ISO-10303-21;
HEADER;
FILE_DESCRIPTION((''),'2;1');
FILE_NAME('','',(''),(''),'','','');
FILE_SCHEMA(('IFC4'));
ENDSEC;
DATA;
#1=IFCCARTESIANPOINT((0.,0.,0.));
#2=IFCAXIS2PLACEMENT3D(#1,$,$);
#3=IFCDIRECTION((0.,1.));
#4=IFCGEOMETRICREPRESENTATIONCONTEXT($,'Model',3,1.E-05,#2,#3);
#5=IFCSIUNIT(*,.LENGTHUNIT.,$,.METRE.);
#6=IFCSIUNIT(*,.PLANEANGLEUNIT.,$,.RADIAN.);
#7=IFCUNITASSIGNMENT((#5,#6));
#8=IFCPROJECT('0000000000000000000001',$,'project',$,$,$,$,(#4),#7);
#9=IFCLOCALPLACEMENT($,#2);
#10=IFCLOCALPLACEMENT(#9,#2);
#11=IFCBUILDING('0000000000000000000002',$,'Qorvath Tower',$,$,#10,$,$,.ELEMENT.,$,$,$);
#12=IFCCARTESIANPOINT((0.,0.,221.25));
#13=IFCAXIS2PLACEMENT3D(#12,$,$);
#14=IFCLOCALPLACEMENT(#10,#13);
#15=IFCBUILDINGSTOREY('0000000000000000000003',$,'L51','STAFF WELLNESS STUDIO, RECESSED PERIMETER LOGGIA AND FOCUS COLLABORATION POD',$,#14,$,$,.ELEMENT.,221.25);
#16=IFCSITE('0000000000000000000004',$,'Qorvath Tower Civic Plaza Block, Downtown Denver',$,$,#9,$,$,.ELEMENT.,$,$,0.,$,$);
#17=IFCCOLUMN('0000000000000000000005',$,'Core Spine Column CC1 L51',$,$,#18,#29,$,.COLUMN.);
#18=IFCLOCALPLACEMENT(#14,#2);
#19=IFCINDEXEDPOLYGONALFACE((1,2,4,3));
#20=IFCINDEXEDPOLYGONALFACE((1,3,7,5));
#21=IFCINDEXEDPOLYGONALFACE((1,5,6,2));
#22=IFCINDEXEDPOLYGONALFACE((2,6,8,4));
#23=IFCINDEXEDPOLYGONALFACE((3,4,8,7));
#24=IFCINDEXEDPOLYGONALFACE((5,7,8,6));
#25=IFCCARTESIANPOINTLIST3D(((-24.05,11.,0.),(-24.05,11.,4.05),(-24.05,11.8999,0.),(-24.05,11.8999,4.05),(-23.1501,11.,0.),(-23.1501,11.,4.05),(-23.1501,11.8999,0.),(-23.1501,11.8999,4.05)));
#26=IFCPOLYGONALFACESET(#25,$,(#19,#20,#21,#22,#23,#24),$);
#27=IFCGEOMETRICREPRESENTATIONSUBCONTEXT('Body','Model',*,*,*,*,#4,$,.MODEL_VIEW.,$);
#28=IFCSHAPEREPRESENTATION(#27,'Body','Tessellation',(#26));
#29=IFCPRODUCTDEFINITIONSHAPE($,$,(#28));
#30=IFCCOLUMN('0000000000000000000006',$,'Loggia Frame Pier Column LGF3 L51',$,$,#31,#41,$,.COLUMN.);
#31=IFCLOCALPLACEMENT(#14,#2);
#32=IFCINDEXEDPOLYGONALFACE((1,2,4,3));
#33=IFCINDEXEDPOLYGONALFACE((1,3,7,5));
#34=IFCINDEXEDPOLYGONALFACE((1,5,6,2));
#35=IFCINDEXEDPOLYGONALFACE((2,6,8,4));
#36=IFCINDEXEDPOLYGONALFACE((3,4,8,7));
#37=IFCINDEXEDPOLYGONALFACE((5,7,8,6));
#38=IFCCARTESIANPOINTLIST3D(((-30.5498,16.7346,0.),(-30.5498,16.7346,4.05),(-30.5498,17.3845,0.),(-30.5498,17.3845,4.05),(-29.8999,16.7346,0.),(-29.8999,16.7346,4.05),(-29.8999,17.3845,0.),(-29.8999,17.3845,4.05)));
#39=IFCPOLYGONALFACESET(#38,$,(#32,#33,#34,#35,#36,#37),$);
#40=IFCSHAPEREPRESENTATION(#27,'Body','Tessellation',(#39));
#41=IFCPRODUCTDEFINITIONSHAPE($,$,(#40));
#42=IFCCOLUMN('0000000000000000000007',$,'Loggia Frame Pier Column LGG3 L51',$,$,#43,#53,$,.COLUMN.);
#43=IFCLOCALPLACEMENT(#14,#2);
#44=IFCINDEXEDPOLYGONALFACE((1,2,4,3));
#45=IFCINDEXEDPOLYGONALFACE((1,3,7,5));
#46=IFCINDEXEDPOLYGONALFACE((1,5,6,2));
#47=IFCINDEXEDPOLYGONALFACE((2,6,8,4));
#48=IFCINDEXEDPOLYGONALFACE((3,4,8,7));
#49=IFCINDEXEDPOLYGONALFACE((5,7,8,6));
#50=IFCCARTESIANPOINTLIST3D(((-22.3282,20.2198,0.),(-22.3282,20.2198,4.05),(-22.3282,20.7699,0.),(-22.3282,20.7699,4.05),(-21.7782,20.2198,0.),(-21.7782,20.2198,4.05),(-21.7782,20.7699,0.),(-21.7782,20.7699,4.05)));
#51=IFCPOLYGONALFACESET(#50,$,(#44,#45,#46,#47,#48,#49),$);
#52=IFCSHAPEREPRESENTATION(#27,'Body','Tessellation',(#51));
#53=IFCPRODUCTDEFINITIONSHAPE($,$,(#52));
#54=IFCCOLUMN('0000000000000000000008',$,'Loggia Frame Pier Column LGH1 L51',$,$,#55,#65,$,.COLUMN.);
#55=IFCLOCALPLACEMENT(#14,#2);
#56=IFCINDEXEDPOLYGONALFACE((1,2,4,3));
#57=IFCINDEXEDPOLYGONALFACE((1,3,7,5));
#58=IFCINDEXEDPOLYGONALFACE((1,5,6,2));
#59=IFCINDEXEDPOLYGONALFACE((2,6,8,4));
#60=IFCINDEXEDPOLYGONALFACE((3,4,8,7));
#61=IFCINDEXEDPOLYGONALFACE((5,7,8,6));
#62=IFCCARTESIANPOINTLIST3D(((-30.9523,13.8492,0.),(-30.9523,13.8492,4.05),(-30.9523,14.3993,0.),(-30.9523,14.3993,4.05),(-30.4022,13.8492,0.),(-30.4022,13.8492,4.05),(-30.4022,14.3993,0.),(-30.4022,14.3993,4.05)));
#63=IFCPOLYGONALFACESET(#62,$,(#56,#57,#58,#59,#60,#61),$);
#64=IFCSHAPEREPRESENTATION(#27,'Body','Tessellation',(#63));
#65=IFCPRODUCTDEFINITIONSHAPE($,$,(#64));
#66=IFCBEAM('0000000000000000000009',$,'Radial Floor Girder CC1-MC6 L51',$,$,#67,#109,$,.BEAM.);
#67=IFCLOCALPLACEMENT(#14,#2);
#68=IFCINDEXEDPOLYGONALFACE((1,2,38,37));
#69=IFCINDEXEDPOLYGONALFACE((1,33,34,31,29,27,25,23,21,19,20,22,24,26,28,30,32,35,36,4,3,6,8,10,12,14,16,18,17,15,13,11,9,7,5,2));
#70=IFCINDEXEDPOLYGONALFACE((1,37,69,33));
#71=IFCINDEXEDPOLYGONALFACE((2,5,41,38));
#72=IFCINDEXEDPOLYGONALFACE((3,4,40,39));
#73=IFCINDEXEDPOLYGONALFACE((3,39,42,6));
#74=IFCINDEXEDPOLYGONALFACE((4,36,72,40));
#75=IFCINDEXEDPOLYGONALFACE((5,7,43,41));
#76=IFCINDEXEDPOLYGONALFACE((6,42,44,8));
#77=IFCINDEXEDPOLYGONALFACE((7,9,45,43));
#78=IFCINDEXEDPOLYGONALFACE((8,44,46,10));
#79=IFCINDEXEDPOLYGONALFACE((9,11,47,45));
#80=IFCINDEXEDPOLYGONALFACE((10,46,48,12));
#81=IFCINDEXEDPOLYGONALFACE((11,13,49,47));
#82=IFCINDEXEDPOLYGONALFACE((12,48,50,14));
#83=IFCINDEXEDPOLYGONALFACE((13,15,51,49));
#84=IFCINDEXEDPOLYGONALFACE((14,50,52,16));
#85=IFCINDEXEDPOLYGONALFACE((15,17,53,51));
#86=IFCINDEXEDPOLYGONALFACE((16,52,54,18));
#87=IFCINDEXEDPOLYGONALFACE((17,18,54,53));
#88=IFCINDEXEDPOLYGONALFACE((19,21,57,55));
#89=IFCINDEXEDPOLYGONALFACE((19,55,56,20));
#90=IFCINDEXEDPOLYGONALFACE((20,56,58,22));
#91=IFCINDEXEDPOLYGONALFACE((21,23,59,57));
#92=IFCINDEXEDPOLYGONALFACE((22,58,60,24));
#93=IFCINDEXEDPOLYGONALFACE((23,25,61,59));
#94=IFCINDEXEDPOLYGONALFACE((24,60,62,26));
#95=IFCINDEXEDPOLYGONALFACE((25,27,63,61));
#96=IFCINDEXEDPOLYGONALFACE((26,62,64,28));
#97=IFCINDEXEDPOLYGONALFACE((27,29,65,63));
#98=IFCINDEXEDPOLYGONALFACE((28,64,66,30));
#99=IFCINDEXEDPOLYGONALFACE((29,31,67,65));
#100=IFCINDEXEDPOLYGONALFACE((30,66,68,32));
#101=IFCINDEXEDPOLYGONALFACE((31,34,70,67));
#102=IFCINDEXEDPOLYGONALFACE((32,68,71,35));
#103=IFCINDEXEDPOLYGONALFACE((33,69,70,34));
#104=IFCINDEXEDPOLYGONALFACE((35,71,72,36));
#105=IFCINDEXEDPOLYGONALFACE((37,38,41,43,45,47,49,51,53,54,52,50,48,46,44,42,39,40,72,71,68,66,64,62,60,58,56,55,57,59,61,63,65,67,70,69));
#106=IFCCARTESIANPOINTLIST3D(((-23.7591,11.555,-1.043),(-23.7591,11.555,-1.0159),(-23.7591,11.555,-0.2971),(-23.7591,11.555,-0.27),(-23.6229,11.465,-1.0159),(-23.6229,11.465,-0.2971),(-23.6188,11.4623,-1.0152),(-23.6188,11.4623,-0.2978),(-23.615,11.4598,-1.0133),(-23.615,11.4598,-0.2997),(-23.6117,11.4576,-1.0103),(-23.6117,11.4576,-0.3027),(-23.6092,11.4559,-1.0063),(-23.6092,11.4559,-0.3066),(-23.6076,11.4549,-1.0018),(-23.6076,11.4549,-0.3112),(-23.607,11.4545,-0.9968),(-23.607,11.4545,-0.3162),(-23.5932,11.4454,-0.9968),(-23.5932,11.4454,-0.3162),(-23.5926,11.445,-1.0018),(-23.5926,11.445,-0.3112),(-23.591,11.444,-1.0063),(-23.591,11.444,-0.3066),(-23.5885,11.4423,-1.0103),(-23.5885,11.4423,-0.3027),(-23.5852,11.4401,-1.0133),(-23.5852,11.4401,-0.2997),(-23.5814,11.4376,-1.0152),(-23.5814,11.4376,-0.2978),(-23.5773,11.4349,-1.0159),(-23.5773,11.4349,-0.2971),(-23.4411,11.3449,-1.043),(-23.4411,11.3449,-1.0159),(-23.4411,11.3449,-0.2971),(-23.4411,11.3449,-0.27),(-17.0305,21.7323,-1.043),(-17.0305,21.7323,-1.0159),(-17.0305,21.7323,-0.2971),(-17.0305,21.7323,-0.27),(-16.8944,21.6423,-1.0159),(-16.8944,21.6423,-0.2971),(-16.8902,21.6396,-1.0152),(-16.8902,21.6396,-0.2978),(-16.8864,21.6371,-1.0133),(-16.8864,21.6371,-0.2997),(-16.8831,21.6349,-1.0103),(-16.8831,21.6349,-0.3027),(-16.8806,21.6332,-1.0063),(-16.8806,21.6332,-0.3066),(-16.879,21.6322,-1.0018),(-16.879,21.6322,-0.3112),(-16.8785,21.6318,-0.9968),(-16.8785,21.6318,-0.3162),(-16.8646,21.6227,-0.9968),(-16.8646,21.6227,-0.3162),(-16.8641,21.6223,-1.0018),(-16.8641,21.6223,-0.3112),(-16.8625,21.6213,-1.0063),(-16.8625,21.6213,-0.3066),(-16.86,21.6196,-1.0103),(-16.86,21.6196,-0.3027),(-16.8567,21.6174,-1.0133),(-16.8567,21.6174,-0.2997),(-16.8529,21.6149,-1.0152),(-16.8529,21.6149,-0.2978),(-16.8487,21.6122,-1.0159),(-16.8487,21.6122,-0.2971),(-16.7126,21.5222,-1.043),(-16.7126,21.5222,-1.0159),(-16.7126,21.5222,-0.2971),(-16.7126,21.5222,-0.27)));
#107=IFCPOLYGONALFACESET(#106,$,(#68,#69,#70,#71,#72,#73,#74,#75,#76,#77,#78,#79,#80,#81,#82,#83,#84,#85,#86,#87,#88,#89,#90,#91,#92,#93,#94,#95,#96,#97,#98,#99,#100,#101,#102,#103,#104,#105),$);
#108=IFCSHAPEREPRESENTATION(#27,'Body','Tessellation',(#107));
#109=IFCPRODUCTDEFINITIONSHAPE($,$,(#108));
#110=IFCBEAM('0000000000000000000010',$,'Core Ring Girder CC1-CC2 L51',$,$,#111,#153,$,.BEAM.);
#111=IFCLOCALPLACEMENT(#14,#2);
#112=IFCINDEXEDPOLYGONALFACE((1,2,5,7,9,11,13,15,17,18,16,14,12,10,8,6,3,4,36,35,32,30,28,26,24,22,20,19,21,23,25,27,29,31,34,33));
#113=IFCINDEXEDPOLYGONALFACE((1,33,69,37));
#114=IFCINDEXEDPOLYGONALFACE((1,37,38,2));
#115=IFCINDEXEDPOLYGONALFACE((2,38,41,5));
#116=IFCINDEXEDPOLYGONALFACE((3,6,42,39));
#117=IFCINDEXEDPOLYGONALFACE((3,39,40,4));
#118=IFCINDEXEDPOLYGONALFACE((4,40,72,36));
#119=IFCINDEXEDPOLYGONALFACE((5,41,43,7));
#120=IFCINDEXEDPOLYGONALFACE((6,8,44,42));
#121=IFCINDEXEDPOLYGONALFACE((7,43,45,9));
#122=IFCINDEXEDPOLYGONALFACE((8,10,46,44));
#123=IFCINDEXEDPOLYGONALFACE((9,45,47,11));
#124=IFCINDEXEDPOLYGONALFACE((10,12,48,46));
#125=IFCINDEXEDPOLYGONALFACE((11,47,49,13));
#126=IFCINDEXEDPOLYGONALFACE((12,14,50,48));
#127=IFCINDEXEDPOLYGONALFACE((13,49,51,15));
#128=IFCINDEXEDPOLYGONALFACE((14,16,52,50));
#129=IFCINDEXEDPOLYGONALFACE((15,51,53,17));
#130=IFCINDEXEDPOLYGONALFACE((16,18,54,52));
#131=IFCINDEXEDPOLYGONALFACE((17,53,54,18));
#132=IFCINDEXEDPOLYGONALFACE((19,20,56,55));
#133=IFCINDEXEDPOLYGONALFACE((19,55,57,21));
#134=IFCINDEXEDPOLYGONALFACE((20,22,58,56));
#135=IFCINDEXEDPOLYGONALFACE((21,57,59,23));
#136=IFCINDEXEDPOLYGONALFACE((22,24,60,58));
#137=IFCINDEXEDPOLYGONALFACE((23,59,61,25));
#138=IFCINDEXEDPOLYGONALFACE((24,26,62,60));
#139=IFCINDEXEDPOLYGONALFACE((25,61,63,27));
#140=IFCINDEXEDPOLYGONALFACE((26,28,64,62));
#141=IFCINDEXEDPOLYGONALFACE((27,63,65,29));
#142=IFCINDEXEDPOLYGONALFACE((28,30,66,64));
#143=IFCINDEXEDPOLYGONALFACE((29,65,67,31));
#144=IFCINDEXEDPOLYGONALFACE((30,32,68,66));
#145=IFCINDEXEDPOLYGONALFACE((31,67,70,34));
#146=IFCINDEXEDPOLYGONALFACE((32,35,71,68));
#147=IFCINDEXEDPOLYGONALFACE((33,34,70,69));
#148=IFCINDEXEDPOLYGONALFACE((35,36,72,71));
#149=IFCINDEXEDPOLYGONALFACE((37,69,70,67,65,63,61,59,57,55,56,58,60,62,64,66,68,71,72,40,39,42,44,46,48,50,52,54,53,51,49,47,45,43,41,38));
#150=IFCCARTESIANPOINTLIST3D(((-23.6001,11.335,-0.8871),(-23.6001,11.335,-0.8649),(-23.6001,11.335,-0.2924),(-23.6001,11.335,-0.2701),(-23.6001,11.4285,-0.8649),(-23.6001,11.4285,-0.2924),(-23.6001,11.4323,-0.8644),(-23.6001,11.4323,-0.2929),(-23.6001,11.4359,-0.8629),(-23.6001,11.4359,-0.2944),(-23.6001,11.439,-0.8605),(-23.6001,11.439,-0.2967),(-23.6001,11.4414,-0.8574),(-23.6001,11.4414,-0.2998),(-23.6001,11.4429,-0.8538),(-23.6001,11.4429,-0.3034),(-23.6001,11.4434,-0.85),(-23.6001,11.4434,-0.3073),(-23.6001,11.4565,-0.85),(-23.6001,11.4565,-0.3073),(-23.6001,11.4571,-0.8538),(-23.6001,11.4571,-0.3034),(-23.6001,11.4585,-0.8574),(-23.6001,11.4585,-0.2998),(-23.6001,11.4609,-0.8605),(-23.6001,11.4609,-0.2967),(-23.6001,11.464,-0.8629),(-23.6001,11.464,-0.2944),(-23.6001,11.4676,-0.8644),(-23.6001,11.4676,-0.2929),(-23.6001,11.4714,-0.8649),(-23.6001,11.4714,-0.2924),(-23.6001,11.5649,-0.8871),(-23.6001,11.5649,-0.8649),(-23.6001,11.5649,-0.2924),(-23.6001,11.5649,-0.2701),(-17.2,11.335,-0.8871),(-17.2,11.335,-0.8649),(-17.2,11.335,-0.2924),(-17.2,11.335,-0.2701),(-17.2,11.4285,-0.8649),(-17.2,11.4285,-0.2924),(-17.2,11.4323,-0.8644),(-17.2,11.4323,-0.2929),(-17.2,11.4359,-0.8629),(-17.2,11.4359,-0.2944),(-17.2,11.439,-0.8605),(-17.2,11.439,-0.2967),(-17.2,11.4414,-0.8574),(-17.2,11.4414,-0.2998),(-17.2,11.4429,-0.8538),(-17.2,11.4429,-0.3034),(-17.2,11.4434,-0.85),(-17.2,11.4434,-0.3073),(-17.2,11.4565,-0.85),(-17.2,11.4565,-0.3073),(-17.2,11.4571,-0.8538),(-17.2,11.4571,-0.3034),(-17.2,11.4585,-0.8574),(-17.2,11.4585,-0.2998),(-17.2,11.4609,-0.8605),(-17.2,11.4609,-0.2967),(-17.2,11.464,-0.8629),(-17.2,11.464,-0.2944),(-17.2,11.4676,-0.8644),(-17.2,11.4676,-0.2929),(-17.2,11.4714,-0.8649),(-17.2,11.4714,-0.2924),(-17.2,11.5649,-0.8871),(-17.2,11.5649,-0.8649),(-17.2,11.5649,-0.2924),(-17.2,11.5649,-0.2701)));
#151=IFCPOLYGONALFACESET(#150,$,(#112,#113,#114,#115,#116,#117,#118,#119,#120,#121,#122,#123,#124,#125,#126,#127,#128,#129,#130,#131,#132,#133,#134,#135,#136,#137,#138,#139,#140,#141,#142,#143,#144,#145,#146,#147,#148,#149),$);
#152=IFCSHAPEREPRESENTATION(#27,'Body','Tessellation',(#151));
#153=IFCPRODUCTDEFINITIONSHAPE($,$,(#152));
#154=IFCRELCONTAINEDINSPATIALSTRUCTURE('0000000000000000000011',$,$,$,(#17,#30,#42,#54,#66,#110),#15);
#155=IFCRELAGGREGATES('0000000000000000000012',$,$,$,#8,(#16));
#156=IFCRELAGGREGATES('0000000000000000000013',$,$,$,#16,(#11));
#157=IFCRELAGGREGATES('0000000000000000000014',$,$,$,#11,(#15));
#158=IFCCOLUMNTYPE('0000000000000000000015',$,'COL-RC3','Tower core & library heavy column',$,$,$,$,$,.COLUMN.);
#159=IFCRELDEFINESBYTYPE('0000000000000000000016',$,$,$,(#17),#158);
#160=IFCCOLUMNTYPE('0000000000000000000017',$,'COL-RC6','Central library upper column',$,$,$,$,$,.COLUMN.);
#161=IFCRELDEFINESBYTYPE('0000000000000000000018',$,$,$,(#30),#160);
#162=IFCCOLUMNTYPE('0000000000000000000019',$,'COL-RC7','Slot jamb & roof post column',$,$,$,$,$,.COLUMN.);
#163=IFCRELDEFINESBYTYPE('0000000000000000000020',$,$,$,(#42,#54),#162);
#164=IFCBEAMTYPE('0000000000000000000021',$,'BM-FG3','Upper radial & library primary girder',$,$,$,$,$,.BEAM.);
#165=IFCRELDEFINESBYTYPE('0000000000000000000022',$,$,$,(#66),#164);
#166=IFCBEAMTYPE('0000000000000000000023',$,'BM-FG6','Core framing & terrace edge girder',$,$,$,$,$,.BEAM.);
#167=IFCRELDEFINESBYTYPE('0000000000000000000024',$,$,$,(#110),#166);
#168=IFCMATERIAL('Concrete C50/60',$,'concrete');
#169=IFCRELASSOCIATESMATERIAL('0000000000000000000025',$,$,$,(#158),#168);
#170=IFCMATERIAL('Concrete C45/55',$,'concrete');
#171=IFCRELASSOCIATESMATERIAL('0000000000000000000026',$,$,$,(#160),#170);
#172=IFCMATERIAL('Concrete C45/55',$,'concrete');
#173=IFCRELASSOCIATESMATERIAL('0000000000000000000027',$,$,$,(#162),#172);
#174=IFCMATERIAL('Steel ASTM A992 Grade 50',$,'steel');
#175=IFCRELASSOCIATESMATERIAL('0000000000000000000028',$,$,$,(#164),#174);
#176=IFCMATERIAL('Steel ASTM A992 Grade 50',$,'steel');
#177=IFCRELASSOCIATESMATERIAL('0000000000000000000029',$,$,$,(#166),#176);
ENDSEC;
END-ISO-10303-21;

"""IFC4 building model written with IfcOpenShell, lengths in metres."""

from ifc_helpers import new_model, si_unit, direction, frame, origin, origin_2d, place, context, subcontext, project, spatial, rectangle, i_section, extrude, material, material_profile, profile_set, type_object, element, save


model = new_model("IFC4")

# Units and contexts
model_context = context("Model", 3, precision=1e-05, world=origin(), true_north=direction((0.0, 1.0)))
body_context = subcontext(model_context, "Body", "Model", "MODEL_VIEW")
ifc_project = project(units=[si_unit("LENGTHUNIT", "METRE"), si_unit("PLANEANGLEUNIT", "RADIAN")], contexts=[model_context])

# Site, building, storey
site_placement = place(None, origin())
site = spatial("IfcSite", under=ifc_project, at=site_placement, Name="Qorvath Tower Civic Plaza Block, Downtown Denver", CompositionType="ELEMENT", RefElevation=0.0)
building_placement = place(site_placement, origin())
building = spatial("IfcBuilding", under=site, at=building_placement, Name="Qorvath Tower", CompositionType="ELEMENT")
storey_placement = place(building_placement, frame((0.0, 0.0, 221.25)))
storey = spatial("IfcBuildingStorey", under=building, at=storey_placement, Name="L51", Description="STAFF WELLNESS STUDIO, RECESSED PERIMETER LOGGIA AND FOCUS COLLABORATION POD", CompositionType="ELEMENT", Elevation=221.25)

# Columns
ifc_material_1 = material(Name="Concrete C50/60", Category="concrete")
ifc_material_profile_1 = material_profile(ifc_material_1, rectangle(XDim=0.8999, YDim=0.8999, at=origin_2d()), Name="RC 900x900")
ifc_profile_set_1 = profile_set([ifc_material_profile_1], Name="Concrete C50/60")
column_type_1 = type_object("IfcColumnType", Name="COL-RC3", Description="Tower core & library heavy column", PredefinedType="COLUMN", material=ifc_profile_set_1)
column_1_placement = place(storey_placement, frame((-23.6001, 11.45, 0.0), z_axis=(0.0, 0.0, 1.0), x_axis=(1.0, 0.0, 0.0)))
element("IfcColumn", 1, at=column_1_placement, inside=storey, type_object=column_type_1, Name="Core Spine Column CC1 L51", PredefinedType="COLUMN", context=body_context, shape_type="SweptSolid", body=[
    extrude(rectangle(XDim=0.8999, YDim=0.8999, at=origin_2d()), origin(), (0.0, 0.0, 1.0), 4.05),
])
ifc_material_2 = material(Name="Concrete C45/55", Category="concrete")
ifc_material_profile_2 = material_profile(ifc_material_2, rectangle(XDim=0.6499, YDim=0.6499, at=origin_2d()), Name="RC 650x650")
ifc_profile_set_2 = profile_set([ifc_material_profile_2], Name="Concrete C45/55")
column_type_2 = type_object("IfcColumnType", Name="COL-RC6", Description="Central library upper column", PredefinedType="COLUMN", material=ifc_profile_set_2)
column_2_placement = place(storey_placement, frame((-30.2249, 17.0596, 0.0), z_axis=(0.0, 0.0, 1.0), x_axis=(1.0, 0.0, 0.0)))
element("IfcColumn", 2, at=column_2_placement, inside=storey, type_object=column_type_2, Name="Loggia Frame Pier Column LGF3 L51", PredefinedType="COLUMN", context=body_context, shape_type="SweptSolid", body=[
    extrude(rectangle(XDim=0.6499, YDim=0.6499, at=origin_2d()), origin(), (0.0, 0.0, 1.0), 4.05),
])
ifc_material_3 = material(Name="Concrete C45/55", Category="concrete")
ifc_material_profile_3 = material_profile(ifc_material_3, rectangle(XDim=0.55, YDim=0.55, at=origin_2d()), Name="RC 550x550")
ifc_profile_set_3 = profile_set([ifc_material_profile_3], Name="Concrete C45/55")
column_type_3 = type_object("IfcColumnType", Name="COL-RC7", Description="Slot jamb & roof post column", PredefinedType="COLUMN", material=ifc_profile_set_3)
for number, where, z_axis, x_axis, name in (
    (3, (-22.0532, 20.4949, 0.0), (0.0, 0.0, 1.0), (1.0, 0.0, 0.0), "Loggia Frame Pier Column LGG3 L51"),
    (4, (-30.6772, 14.1243, 0.0), (0.0, 0.0, 1.0), (1.0, 0.0, 0.0), "Loggia Frame Pier Column LGH1 L51"),
):
    element("IfcColumn", number, at=place(storey_placement, frame(where, z_axis=z_axis, x_axis=x_axis)), inside=storey, type_object=column_type_3, Name=name, PredefinedType="COLUMN", context=body_context, shape_type="SweptSolid", body=[
        extrude(rectangle(XDim=0.55, YDim=0.55, at=origin_2d()), origin(), (0.0, 0.0, 1.0), 4.05),
    ])

# Beams
ifc_material_4 = material(Name="Steel ASTM A992 Grade 50", Category="steel")
ifc_material_profile_4 = material_profile(ifc_material_4, i_section(OverallWidth=0.3811, OverallDepth=0.7729, WebThickness=0.0166, FlangeThickness=0.0271, FilletRadius=0.019, at=origin_2d()), Name="W30x173")
ifc_profile_set_4 = profile_set([ifc_material_profile_4], Name="Steel ASTM A992 Grade 50")
beam_type_1 = type_object("IfcBeamType", Name="BM-FG3", Description="Upper radial & library primary girder", PredefinedType="BEAM", material=ifc_profile_set_4)
beam_1_placement = place(storey_placement, frame((-23.6001, 11.45, -0.6565), z_axis=(0.551501, 0.834175, 0.0), x_axis=(-0.834175, 0.551501, 0.0)))
element("IfcBeam", 5, at=beam_1_placement, inside=storey, type_object=beam_type_1, Name="Radial Floor Girder CC1-MC6 L51", PredefinedType="BEAM", context=body_context, shape_type="SweptSolid", body=[
    extrude(i_section(OverallWidth=0.3811, OverallDepth=0.7729, WebThickness=0.0166, FlangeThickness=0.0271, FilletRadius=0.019, at=origin_2d()), origin(), (0.0, 0.0, 1.0), 12.2004),
])
ifc_material_5 = material(Name="Steel ASTM A992 Grade 50", Category="steel")
ifc_material_profile_5 = material_profile(ifc_material_5, i_section(OverallWidth=0.23, OverallDepth=0.6169, WebThickness=0.0132, FlangeThickness=0.0222, FilletRadius=0.0149, at=origin_2d()), Name="W24x94")
ifc_profile_set_5 = profile_set([ifc_material_profile_5], Name="Steel ASTM A992 Grade 50")
beam_type_2 = type_object("IfcBeamType", Name="BM-FG6", Description="Core framing & terrace edge girder", PredefinedType="BEAM", material=ifc_profile_set_5)
beam_2_placement = place(storey_placement, frame((-23.6001, 11.45, -0.5786), z_axis=(1.0, 0.0, 0.0), x_axis=(0.0, 1.0, 0.0)))
element("IfcBeam", 6, at=beam_2_placement, inside=storey, type_object=beam_type_2, Name="Core Ring Girder CC1-CC2 L51", PredefinedType="BEAM", context=body_context, shape_type="SweptSolid", body=[
    extrude(i_section(OverallWidth=0.23, OverallDepth=0.6169, WebThickness=0.0132, FlangeThickness=0.0222, FilletRadius=0.0149, at=origin_2d()), origin(), (0.0, 0.0, 1.0), 6.4001),
])

save(model, "model.ifc")
